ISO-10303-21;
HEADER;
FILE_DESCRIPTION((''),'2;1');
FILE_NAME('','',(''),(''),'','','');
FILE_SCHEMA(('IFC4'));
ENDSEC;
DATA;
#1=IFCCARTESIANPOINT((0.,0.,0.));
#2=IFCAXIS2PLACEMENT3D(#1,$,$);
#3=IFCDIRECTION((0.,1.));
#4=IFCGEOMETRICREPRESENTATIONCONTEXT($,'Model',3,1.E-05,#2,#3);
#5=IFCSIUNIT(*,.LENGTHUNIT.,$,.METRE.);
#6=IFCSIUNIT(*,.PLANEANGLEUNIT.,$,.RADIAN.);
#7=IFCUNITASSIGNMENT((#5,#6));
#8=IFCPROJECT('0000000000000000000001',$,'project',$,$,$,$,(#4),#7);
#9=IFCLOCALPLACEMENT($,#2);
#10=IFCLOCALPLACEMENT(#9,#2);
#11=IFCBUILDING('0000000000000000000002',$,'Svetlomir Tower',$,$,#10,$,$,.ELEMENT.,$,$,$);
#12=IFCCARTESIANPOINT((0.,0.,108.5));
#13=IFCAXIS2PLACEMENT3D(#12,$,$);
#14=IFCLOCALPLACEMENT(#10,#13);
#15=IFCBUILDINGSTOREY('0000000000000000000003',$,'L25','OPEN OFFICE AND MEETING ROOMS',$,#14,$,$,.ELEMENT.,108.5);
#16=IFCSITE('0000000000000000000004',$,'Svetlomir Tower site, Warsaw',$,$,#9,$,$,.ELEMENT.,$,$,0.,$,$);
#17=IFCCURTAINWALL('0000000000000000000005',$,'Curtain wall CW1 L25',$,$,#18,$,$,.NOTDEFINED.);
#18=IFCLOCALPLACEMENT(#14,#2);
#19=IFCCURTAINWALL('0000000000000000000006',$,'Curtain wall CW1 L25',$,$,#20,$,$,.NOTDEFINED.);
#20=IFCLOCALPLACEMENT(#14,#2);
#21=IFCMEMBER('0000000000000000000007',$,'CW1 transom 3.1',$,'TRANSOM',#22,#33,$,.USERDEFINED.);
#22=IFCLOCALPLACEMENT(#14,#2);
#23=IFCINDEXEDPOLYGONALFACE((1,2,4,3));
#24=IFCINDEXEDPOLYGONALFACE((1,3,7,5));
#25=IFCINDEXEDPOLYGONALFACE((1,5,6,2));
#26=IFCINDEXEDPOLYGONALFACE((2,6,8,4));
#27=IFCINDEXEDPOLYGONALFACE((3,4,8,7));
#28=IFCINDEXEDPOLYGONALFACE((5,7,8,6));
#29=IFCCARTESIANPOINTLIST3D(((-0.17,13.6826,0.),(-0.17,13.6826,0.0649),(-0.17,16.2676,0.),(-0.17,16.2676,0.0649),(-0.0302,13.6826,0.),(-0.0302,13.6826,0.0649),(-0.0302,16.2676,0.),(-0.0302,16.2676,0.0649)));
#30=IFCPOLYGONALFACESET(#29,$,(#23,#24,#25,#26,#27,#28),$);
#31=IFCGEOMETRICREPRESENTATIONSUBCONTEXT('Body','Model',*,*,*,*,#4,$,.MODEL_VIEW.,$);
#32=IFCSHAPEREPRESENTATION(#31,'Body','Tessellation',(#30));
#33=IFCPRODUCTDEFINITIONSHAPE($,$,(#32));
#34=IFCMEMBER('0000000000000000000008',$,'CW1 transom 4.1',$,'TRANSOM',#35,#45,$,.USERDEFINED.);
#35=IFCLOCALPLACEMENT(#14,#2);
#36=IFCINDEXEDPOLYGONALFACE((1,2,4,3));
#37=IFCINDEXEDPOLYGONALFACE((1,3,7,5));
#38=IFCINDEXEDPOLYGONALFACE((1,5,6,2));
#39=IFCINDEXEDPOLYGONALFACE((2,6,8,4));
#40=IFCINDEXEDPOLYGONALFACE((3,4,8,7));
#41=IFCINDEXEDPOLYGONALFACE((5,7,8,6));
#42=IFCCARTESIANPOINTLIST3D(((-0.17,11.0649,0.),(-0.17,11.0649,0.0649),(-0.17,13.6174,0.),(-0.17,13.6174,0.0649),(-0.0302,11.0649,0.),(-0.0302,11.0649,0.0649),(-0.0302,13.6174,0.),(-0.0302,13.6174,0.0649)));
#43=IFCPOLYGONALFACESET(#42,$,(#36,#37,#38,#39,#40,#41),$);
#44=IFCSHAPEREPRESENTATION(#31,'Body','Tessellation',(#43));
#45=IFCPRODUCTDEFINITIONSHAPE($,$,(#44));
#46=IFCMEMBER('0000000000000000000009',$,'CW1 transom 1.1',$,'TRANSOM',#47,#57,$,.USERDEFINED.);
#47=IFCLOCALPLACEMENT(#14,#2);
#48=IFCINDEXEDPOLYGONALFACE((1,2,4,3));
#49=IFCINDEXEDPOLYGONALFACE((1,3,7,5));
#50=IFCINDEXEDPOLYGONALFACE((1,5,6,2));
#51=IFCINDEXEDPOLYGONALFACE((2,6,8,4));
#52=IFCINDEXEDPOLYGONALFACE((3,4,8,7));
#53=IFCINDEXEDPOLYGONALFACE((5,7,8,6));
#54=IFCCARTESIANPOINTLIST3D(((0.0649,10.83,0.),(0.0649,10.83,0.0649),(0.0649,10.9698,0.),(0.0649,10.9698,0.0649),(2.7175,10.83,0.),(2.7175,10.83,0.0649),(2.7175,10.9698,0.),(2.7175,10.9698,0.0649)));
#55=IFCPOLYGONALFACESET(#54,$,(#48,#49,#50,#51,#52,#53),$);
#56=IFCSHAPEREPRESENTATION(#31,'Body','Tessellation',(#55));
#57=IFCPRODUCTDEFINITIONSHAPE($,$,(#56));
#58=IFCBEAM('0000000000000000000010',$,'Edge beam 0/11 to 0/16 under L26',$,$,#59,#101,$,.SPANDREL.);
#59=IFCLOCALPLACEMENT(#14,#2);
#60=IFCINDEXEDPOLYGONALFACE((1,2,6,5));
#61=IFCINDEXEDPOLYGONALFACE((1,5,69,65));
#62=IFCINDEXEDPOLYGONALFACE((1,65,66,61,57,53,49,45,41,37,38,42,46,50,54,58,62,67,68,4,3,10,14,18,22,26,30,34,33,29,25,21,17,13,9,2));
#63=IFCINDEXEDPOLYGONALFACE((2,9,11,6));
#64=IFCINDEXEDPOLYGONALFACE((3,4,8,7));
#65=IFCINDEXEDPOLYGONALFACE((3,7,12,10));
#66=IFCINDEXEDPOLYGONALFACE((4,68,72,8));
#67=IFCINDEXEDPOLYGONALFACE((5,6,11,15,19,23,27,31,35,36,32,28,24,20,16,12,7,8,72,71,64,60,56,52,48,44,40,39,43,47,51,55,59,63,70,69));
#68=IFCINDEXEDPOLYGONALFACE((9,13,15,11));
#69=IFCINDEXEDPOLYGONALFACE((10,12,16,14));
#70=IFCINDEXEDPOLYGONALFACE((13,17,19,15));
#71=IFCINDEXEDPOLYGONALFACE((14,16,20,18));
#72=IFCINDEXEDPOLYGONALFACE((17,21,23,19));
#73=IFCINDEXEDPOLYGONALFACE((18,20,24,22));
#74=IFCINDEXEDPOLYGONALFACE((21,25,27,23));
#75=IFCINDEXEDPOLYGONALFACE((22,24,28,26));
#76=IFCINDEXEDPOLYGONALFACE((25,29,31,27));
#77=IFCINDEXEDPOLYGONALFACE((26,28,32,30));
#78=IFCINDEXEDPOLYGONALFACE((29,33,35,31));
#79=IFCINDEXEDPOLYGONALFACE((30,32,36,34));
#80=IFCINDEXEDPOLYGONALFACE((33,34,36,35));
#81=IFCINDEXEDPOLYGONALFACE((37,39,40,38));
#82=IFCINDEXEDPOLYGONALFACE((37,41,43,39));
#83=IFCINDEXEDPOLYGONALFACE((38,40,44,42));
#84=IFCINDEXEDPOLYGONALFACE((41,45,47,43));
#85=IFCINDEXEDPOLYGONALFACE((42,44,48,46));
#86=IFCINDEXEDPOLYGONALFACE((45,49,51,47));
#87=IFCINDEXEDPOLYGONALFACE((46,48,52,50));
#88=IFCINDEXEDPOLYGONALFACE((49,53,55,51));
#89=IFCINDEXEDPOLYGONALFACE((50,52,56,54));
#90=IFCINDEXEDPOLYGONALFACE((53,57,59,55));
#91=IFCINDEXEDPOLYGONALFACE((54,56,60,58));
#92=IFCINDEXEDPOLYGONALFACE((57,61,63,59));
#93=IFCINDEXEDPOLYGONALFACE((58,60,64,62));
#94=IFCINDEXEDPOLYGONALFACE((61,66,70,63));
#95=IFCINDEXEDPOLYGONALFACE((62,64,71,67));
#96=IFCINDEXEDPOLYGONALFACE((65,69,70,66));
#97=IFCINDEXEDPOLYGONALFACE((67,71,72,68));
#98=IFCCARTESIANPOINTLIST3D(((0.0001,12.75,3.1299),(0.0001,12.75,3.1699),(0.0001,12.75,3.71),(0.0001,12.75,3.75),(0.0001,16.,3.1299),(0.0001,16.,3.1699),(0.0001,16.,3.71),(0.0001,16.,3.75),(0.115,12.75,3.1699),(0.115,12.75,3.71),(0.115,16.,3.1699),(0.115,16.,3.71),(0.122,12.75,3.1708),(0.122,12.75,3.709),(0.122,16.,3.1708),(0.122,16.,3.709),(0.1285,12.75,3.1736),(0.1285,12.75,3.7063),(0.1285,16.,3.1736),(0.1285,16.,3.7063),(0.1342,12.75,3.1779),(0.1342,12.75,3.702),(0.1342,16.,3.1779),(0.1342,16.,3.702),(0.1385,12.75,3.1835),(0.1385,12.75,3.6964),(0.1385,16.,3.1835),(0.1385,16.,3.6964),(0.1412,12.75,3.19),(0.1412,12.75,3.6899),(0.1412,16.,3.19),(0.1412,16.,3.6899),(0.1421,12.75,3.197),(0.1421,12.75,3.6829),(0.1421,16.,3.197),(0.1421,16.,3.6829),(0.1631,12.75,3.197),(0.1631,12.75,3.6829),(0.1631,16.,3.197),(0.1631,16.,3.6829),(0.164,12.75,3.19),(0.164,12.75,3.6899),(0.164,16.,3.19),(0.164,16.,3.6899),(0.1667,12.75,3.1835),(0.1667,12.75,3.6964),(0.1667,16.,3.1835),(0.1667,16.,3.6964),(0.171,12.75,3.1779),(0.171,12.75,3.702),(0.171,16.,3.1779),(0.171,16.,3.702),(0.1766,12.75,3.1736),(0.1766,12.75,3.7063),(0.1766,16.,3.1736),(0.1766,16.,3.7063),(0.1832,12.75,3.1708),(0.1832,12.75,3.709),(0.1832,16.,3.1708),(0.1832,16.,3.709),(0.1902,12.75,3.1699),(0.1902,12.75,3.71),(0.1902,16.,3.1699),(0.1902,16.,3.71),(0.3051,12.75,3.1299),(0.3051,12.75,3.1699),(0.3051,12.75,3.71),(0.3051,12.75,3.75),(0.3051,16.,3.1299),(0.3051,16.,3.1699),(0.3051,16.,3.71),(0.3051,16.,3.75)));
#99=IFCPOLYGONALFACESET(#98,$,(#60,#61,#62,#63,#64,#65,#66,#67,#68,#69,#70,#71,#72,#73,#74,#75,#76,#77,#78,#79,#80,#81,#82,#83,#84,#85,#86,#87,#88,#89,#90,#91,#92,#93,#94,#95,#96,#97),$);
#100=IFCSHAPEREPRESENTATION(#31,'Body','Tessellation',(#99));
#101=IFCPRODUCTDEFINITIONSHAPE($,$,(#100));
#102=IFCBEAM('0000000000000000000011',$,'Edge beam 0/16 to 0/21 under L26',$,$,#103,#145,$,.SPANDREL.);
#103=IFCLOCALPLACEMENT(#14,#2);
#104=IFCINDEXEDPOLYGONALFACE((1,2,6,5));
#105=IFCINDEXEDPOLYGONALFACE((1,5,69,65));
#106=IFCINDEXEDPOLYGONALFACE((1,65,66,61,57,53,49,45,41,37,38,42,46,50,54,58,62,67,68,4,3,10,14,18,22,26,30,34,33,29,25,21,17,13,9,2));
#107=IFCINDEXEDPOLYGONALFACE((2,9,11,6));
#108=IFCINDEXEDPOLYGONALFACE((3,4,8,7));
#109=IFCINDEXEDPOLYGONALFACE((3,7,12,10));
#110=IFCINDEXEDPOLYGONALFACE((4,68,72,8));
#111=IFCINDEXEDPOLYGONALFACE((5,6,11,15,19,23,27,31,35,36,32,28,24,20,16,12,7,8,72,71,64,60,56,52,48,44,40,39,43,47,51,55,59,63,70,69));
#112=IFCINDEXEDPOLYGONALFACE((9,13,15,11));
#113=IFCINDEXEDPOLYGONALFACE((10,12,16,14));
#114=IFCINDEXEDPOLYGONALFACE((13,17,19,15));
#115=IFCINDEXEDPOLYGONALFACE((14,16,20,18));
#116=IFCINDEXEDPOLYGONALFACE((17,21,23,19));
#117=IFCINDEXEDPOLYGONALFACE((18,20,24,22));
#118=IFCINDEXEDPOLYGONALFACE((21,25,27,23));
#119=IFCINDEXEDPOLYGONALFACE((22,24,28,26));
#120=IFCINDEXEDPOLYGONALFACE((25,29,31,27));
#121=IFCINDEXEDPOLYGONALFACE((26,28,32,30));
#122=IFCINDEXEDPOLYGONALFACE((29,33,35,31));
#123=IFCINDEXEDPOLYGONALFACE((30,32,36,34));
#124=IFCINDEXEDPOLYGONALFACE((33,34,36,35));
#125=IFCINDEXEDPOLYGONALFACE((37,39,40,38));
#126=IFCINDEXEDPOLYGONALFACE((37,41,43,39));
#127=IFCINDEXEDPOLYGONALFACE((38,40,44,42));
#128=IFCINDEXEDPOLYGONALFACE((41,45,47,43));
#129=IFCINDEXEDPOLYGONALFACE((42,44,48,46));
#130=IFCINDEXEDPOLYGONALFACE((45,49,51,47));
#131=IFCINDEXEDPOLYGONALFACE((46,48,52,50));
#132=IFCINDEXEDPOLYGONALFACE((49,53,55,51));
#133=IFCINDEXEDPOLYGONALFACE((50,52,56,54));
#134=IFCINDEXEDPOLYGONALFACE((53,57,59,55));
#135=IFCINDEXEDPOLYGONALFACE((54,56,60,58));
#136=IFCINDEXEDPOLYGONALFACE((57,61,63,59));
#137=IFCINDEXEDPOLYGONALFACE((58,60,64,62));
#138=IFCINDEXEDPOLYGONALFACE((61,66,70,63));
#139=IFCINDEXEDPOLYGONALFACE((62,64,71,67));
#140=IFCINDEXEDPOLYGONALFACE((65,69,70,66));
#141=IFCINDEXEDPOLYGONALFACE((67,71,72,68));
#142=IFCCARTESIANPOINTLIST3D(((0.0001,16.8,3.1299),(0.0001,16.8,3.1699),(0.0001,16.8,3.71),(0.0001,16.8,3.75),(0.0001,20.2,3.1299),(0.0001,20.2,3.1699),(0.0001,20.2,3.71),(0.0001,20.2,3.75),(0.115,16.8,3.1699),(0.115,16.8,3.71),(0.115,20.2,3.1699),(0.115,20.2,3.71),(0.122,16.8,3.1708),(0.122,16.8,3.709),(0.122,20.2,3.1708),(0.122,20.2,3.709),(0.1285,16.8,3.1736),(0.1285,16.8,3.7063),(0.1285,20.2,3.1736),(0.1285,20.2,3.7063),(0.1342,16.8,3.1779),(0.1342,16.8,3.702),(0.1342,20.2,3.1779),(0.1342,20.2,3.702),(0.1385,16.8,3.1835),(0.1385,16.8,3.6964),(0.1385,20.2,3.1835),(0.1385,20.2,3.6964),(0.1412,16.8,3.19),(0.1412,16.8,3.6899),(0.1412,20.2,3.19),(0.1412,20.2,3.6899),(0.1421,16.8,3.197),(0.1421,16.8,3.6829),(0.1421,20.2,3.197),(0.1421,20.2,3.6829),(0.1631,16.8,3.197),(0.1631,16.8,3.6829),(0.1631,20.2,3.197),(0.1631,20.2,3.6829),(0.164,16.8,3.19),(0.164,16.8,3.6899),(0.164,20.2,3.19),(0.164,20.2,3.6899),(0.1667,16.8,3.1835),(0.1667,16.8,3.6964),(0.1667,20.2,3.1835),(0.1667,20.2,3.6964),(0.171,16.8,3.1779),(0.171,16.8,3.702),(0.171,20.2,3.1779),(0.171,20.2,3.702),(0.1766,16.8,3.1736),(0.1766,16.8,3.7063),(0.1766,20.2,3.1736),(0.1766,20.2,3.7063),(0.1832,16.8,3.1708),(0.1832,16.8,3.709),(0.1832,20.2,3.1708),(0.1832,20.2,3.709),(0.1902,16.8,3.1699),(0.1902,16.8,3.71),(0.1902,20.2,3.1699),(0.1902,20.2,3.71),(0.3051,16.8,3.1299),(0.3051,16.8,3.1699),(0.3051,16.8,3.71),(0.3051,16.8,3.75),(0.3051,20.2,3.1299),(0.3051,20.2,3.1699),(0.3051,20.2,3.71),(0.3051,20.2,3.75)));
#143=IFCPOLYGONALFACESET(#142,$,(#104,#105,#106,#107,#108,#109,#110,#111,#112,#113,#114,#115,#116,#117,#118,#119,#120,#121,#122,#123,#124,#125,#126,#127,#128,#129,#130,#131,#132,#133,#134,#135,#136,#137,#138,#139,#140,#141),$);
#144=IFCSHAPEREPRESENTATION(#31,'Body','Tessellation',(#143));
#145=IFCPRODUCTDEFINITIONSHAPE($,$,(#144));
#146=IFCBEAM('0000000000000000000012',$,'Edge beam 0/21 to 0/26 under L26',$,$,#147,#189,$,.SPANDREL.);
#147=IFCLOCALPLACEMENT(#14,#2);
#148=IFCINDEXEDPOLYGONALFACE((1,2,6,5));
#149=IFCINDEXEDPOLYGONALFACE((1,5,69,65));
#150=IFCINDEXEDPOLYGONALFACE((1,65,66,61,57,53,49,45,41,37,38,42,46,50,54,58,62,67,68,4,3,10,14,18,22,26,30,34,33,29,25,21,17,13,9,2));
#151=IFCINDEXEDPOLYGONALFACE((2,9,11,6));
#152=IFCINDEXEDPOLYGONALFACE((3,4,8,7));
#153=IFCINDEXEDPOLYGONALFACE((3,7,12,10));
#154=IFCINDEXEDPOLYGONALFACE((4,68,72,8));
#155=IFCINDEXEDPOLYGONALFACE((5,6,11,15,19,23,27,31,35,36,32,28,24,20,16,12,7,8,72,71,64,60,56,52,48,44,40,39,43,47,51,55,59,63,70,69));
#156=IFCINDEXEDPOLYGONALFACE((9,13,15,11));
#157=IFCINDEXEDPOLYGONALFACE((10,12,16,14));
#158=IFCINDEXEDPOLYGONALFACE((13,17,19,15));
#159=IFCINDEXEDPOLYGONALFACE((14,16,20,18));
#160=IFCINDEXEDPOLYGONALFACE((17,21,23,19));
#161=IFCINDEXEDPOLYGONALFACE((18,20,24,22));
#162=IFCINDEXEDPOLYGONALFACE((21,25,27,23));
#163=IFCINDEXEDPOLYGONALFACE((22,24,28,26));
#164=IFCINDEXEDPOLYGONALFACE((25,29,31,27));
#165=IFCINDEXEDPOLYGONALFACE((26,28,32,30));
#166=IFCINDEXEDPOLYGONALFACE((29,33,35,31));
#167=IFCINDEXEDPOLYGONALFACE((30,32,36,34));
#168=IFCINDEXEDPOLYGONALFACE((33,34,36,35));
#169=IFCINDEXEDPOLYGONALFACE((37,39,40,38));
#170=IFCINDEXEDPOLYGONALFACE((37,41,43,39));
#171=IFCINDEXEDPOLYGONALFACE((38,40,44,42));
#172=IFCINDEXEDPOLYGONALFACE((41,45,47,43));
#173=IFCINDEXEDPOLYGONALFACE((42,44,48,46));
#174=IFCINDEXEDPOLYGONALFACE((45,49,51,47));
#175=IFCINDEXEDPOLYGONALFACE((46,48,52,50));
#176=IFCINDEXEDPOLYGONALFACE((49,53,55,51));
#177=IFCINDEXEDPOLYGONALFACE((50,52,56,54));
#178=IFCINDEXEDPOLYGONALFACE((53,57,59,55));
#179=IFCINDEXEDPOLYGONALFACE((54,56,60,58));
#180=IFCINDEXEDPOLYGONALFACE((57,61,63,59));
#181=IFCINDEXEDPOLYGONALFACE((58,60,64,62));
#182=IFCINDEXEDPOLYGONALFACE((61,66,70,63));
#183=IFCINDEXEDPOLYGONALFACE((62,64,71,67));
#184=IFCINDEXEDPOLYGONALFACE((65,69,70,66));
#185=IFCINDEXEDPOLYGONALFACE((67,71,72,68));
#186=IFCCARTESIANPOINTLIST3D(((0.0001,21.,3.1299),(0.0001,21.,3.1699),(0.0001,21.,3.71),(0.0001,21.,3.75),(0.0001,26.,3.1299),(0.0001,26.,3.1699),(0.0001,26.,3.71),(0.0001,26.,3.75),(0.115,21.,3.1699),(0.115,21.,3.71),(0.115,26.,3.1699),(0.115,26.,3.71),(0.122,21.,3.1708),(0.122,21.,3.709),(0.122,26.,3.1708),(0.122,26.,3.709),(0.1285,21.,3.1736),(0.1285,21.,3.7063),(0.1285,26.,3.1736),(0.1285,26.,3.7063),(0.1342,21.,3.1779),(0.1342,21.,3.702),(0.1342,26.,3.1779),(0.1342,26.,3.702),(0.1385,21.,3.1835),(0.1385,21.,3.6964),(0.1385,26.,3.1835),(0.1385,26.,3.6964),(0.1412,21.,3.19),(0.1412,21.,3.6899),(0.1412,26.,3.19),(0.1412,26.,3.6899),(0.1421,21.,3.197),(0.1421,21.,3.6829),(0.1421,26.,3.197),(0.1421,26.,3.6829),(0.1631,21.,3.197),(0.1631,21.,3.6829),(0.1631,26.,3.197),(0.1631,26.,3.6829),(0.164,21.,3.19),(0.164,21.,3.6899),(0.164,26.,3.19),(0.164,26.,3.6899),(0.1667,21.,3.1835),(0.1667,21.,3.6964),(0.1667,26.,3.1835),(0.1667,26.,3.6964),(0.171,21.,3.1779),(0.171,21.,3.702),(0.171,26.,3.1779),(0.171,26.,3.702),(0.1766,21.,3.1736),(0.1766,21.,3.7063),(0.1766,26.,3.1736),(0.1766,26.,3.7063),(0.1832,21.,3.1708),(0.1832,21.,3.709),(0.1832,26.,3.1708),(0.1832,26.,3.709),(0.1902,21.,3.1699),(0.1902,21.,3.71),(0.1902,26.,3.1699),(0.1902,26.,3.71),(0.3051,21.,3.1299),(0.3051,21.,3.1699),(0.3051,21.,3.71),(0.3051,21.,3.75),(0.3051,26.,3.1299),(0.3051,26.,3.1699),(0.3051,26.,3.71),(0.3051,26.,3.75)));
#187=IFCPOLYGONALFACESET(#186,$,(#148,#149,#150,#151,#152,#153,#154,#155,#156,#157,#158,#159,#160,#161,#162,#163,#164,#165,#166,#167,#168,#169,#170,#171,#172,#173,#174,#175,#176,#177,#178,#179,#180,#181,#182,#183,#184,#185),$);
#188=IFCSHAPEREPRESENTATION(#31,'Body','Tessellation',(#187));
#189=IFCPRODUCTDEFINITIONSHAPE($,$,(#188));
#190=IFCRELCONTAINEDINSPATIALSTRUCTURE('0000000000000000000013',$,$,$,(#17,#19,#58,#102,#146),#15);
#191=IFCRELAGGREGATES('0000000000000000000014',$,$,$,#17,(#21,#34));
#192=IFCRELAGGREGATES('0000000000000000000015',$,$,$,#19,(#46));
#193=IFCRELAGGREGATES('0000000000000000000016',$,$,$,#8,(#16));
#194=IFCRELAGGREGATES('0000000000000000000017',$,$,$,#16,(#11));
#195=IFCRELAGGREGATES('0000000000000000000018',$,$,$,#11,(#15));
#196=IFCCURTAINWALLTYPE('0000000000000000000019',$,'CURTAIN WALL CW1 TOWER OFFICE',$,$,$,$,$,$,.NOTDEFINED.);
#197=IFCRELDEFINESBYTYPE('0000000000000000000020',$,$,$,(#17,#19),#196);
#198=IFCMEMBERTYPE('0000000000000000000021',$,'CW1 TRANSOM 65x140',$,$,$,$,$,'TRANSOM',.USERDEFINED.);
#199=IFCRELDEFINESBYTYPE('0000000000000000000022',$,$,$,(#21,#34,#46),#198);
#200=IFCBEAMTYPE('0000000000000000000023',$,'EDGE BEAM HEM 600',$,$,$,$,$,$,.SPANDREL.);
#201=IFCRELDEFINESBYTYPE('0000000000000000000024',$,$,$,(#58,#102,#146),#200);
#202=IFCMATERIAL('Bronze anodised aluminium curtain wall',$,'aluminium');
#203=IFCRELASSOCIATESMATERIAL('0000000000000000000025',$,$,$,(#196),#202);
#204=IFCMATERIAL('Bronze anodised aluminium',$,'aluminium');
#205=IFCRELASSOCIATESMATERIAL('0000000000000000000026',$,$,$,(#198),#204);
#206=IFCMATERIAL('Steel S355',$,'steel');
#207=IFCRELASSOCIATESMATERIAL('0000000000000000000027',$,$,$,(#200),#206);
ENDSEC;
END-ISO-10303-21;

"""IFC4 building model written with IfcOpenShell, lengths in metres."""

from ifc_helpers import new_model, si_unit, direction, frame, origin, origin_2d, place, context, subcontext, project, spatial, rectangle, i_section, extrude, material, material_profile, profile_set, type_object, element, aggregate, save


model = new_model("IFC4")

# Units and contexts
model_context = context("Model", 3, precision=1e-05, world=origin(), true_north=direction((0.0, 1.0)))
body_context = subcontext(model_context, "Body", "Model", "MODEL_VIEW")
ifc_project = project(units=[si_unit("LENGTHUNIT", "METRE"), si_unit("PLANEANGLEUNIT", "RADIAN")], contexts=[model_context])

# Site, building, storey
site_placement = place(None, origin())
site = spatial("IfcSite", under=ifc_project, at=site_placement, Name="Svetlomir Tower site, Warsaw", CompositionType="ELEMENT", RefElevation=0.0)
building_placement = place(site_placement, origin())
building = spatial("IfcBuilding", under=site, at=building_placement, Name="Svetlomir Tower", CompositionType="ELEMENT")
storey_placement = place(building_placement, frame((0.0, 0.0, 108.5)))
storey = spatial("IfcBuildingStorey", under=building, at=storey_placement, Name="L25", Description="OPEN OFFICE AND MEETING ROOMS", CompositionType="ELEMENT", Elevation=108.5)

# Curtain wall
ifc_material_1 = material(Name="Bronze anodised aluminium curtain wall", Category="aluminium")
curtain_wall_type = type_object("IfcCurtainWallType", Name="CURTAIN WALL CW1 TOWER OFFICE", PredefinedType="NOTDEFINED", material=ifc_material_1)
curtain_wall_1_placement = place(storey_placement, origin())
curtain_wall_1 = element("IfcCurtainWall", 1, at=curtain_wall_1_placement, inside=storey, type_object=curtain_wall_type, Name="Curtain wall CW1 L25", PredefinedType="NOTDEFINED")

# Curtain wall
curtain_wall_2_placement = place(storey_placement, origin())
curtain_wall_2 = element("IfcCurtainWall", 2, at=curtain_wall_2_placement, inside=storey, type_object=curtain_wall_type, Name="Curtain wall CW1 L25", PredefinedType="NOTDEFINED")

# Members
ifc_material_2 = material(Name="Bronze anodised aluminium", Category="aluminium")
ifc_material_profile_1 = material_profile(ifc_material_2, rectangle(XDim=0.1399, YDim=0.0649, at=origin_2d()), Name="AL 140x65")
ifc_profile_set_1 = profile_set([ifc_material_profile_1], Name="Bronze anodised aluminium 6063-T6")
member_type_1 = type_object("IfcMemberType", Name="CW1 TRANSOM 65x140", ElementType="TRANSOM", PredefinedType="USERDEFINED", material=ifc_profile_set_1)
member_1_placement = place(storey_placement, frame((-0.1001, 16.2676, 0.0325), z_axis=(0.0, -1.0, 0.0), x_axis=(1.0, 0.0, 0.0)))
member_1 = element("IfcMember", 3, at=member_1_placement, type_object=member_type_1, Name="CW1 transom 3.1", ObjectType="TRANSOM", PredefinedType="USERDEFINED", context=body_context, shape_type="SweptSolid", body=[
    extrude(rectangle(XDim=0.1399, YDim=0.0649, at=origin_2d()), origin(), (0.0, 0.0, 1.0), 2.585),
])
member_2_placement = place(storey_placement, frame((-0.1001, 13.6174, 0.0325), z_axis=(0.0, -1.0, 0.0), x_axis=(1.0, 0.0, 0.0)))
member_2 = element("IfcMember", 4, at=member_2_placement, type_object=member_type_1, Name="CW1 transom 4.1", ObjectType="TRANSOM", PredefinedType="USERDEFINED", context=body_context, shape_type="SweptSolid", body=[
    extrude(rectangle(XDim=0.1399, YDim=0.0649, at=origin_2d()), origin(), (0.0, 0.0, 1.0), 2.5525),
])
member_3_placement = place(storey_placement, frame((0.0649, 10.8999, 0.0325), z_axis=(1.0, 0.0, 0.0), x_axis=(0.0, 1.0, 0.0)))
member_3 = element("IfcMember", 5, at=member_3_placement, type_object=member_type_1, Name="CW1 transom 1.1", ObjectType="TRANSOM", PredefinedType="USERDEFINED", context=body_context, shape_type="SweptSolid", body=[
    extrude(rectangle(XDim=0.1399, YDim=0.0649, at=origin_2d()), origin(), (0.0, 0.0, 1.0), 2.6526),
])

# Beams
ifc_material_3 = material(Name="Steel S355", Category="steel")
ifc_material_profile_2 = material_profile(ifc_material_3, i_section(OverallWidth=0.3049, OverallDepth=0.6201, WebThickness=0.021, FlangeThickness=0.04, FilletRadius=0.0271, at=origin_2d()), Name="HEM 600")
ifc_profile_set_2 = profile_set([ifc_material_profile_2], Name="Steel S355")
beam_type_1 = type_object("IfcBeamType", Name="EDGE BEAM HEM 600", PredefinedType="SPANDREL", material=ifc_profile_set_2)
beam_1_placement = place(storey_placement, frame((0.1526, 12.75, 3.4399), z_axis=(0.0, 1.0, 0.0), x_axis=(-1.0, 0.0, 0.0)))
element("IfcBeam", 6, at=beam_1_placement, inside=storey, type_object=beam_type_1, Name="Edge beam 0/11 to 0/16 under L26", PredefinedType="SPANDREL", context=body_context, shape_type="SweptSolid", body=[
    extrude(i_section(OverallWidth=0.3049, OverallDepth=0.6201, WebThickness=0.021, FlangeThickness=0.04, FilletRadius=0.0271, at=origin_2d()), origin(), (0.0, 0.0, 1.0), 3.25),
])
beam_2_placement = place(storey_placement, frame((0.1526, 16.8, 3.4399), z_axis=(0.0, 1.0, 0.0), x_axis=(-1.0, 0.0, 0.0)))
element("IfcBeam", 7, at=beam_2_placement, inside=storey, type_object=beam_type_1, Name="Edge beam 0/16 to 0/21 under L26", PredefinedType="SPANDREL", context=body_context, shape_type="SweptSolid", body=[
    extrude(i_section(OverallWidth=0.3049, OverallDepth=0.6201, WebThickness=0.021, FlangeThickness=0.04, FilletRadius=0.0271, at=origin_2d()), origin(), (0.0, 0.0, 1.0), 3.3999),
])
beam_3_placement = place(storey_placement, frame((0.1526, 21.0, 3.4399), z_axis=(0.0, 1.0, 0.0), x_axis=(-1.0, 0.0, 0.0)))
element("IfcBeam", 8, at=beam_3_placement, inside=storey, type_object=beam_type_1, Name="Edge beam 0/21 to 0/26 under L26", PredefinedType="SPANDREL", context=body_context, shape_type="SweptSolid", body=[
    extrude(i_section(OverallWidth=0.3049, OverallDepth=0.6201, WebThickness=0.021, FlangeThickness=0.04, FilletRadius=0.0271, at=origin_2d()), origin(), (0.0, 0.0, 1.0), 5.0),
])

aggregate(curtain_wall_1, [member_1, member_2])
aggregate(curtain_wall_2, [member_3])

save(model, "model.ifc")
